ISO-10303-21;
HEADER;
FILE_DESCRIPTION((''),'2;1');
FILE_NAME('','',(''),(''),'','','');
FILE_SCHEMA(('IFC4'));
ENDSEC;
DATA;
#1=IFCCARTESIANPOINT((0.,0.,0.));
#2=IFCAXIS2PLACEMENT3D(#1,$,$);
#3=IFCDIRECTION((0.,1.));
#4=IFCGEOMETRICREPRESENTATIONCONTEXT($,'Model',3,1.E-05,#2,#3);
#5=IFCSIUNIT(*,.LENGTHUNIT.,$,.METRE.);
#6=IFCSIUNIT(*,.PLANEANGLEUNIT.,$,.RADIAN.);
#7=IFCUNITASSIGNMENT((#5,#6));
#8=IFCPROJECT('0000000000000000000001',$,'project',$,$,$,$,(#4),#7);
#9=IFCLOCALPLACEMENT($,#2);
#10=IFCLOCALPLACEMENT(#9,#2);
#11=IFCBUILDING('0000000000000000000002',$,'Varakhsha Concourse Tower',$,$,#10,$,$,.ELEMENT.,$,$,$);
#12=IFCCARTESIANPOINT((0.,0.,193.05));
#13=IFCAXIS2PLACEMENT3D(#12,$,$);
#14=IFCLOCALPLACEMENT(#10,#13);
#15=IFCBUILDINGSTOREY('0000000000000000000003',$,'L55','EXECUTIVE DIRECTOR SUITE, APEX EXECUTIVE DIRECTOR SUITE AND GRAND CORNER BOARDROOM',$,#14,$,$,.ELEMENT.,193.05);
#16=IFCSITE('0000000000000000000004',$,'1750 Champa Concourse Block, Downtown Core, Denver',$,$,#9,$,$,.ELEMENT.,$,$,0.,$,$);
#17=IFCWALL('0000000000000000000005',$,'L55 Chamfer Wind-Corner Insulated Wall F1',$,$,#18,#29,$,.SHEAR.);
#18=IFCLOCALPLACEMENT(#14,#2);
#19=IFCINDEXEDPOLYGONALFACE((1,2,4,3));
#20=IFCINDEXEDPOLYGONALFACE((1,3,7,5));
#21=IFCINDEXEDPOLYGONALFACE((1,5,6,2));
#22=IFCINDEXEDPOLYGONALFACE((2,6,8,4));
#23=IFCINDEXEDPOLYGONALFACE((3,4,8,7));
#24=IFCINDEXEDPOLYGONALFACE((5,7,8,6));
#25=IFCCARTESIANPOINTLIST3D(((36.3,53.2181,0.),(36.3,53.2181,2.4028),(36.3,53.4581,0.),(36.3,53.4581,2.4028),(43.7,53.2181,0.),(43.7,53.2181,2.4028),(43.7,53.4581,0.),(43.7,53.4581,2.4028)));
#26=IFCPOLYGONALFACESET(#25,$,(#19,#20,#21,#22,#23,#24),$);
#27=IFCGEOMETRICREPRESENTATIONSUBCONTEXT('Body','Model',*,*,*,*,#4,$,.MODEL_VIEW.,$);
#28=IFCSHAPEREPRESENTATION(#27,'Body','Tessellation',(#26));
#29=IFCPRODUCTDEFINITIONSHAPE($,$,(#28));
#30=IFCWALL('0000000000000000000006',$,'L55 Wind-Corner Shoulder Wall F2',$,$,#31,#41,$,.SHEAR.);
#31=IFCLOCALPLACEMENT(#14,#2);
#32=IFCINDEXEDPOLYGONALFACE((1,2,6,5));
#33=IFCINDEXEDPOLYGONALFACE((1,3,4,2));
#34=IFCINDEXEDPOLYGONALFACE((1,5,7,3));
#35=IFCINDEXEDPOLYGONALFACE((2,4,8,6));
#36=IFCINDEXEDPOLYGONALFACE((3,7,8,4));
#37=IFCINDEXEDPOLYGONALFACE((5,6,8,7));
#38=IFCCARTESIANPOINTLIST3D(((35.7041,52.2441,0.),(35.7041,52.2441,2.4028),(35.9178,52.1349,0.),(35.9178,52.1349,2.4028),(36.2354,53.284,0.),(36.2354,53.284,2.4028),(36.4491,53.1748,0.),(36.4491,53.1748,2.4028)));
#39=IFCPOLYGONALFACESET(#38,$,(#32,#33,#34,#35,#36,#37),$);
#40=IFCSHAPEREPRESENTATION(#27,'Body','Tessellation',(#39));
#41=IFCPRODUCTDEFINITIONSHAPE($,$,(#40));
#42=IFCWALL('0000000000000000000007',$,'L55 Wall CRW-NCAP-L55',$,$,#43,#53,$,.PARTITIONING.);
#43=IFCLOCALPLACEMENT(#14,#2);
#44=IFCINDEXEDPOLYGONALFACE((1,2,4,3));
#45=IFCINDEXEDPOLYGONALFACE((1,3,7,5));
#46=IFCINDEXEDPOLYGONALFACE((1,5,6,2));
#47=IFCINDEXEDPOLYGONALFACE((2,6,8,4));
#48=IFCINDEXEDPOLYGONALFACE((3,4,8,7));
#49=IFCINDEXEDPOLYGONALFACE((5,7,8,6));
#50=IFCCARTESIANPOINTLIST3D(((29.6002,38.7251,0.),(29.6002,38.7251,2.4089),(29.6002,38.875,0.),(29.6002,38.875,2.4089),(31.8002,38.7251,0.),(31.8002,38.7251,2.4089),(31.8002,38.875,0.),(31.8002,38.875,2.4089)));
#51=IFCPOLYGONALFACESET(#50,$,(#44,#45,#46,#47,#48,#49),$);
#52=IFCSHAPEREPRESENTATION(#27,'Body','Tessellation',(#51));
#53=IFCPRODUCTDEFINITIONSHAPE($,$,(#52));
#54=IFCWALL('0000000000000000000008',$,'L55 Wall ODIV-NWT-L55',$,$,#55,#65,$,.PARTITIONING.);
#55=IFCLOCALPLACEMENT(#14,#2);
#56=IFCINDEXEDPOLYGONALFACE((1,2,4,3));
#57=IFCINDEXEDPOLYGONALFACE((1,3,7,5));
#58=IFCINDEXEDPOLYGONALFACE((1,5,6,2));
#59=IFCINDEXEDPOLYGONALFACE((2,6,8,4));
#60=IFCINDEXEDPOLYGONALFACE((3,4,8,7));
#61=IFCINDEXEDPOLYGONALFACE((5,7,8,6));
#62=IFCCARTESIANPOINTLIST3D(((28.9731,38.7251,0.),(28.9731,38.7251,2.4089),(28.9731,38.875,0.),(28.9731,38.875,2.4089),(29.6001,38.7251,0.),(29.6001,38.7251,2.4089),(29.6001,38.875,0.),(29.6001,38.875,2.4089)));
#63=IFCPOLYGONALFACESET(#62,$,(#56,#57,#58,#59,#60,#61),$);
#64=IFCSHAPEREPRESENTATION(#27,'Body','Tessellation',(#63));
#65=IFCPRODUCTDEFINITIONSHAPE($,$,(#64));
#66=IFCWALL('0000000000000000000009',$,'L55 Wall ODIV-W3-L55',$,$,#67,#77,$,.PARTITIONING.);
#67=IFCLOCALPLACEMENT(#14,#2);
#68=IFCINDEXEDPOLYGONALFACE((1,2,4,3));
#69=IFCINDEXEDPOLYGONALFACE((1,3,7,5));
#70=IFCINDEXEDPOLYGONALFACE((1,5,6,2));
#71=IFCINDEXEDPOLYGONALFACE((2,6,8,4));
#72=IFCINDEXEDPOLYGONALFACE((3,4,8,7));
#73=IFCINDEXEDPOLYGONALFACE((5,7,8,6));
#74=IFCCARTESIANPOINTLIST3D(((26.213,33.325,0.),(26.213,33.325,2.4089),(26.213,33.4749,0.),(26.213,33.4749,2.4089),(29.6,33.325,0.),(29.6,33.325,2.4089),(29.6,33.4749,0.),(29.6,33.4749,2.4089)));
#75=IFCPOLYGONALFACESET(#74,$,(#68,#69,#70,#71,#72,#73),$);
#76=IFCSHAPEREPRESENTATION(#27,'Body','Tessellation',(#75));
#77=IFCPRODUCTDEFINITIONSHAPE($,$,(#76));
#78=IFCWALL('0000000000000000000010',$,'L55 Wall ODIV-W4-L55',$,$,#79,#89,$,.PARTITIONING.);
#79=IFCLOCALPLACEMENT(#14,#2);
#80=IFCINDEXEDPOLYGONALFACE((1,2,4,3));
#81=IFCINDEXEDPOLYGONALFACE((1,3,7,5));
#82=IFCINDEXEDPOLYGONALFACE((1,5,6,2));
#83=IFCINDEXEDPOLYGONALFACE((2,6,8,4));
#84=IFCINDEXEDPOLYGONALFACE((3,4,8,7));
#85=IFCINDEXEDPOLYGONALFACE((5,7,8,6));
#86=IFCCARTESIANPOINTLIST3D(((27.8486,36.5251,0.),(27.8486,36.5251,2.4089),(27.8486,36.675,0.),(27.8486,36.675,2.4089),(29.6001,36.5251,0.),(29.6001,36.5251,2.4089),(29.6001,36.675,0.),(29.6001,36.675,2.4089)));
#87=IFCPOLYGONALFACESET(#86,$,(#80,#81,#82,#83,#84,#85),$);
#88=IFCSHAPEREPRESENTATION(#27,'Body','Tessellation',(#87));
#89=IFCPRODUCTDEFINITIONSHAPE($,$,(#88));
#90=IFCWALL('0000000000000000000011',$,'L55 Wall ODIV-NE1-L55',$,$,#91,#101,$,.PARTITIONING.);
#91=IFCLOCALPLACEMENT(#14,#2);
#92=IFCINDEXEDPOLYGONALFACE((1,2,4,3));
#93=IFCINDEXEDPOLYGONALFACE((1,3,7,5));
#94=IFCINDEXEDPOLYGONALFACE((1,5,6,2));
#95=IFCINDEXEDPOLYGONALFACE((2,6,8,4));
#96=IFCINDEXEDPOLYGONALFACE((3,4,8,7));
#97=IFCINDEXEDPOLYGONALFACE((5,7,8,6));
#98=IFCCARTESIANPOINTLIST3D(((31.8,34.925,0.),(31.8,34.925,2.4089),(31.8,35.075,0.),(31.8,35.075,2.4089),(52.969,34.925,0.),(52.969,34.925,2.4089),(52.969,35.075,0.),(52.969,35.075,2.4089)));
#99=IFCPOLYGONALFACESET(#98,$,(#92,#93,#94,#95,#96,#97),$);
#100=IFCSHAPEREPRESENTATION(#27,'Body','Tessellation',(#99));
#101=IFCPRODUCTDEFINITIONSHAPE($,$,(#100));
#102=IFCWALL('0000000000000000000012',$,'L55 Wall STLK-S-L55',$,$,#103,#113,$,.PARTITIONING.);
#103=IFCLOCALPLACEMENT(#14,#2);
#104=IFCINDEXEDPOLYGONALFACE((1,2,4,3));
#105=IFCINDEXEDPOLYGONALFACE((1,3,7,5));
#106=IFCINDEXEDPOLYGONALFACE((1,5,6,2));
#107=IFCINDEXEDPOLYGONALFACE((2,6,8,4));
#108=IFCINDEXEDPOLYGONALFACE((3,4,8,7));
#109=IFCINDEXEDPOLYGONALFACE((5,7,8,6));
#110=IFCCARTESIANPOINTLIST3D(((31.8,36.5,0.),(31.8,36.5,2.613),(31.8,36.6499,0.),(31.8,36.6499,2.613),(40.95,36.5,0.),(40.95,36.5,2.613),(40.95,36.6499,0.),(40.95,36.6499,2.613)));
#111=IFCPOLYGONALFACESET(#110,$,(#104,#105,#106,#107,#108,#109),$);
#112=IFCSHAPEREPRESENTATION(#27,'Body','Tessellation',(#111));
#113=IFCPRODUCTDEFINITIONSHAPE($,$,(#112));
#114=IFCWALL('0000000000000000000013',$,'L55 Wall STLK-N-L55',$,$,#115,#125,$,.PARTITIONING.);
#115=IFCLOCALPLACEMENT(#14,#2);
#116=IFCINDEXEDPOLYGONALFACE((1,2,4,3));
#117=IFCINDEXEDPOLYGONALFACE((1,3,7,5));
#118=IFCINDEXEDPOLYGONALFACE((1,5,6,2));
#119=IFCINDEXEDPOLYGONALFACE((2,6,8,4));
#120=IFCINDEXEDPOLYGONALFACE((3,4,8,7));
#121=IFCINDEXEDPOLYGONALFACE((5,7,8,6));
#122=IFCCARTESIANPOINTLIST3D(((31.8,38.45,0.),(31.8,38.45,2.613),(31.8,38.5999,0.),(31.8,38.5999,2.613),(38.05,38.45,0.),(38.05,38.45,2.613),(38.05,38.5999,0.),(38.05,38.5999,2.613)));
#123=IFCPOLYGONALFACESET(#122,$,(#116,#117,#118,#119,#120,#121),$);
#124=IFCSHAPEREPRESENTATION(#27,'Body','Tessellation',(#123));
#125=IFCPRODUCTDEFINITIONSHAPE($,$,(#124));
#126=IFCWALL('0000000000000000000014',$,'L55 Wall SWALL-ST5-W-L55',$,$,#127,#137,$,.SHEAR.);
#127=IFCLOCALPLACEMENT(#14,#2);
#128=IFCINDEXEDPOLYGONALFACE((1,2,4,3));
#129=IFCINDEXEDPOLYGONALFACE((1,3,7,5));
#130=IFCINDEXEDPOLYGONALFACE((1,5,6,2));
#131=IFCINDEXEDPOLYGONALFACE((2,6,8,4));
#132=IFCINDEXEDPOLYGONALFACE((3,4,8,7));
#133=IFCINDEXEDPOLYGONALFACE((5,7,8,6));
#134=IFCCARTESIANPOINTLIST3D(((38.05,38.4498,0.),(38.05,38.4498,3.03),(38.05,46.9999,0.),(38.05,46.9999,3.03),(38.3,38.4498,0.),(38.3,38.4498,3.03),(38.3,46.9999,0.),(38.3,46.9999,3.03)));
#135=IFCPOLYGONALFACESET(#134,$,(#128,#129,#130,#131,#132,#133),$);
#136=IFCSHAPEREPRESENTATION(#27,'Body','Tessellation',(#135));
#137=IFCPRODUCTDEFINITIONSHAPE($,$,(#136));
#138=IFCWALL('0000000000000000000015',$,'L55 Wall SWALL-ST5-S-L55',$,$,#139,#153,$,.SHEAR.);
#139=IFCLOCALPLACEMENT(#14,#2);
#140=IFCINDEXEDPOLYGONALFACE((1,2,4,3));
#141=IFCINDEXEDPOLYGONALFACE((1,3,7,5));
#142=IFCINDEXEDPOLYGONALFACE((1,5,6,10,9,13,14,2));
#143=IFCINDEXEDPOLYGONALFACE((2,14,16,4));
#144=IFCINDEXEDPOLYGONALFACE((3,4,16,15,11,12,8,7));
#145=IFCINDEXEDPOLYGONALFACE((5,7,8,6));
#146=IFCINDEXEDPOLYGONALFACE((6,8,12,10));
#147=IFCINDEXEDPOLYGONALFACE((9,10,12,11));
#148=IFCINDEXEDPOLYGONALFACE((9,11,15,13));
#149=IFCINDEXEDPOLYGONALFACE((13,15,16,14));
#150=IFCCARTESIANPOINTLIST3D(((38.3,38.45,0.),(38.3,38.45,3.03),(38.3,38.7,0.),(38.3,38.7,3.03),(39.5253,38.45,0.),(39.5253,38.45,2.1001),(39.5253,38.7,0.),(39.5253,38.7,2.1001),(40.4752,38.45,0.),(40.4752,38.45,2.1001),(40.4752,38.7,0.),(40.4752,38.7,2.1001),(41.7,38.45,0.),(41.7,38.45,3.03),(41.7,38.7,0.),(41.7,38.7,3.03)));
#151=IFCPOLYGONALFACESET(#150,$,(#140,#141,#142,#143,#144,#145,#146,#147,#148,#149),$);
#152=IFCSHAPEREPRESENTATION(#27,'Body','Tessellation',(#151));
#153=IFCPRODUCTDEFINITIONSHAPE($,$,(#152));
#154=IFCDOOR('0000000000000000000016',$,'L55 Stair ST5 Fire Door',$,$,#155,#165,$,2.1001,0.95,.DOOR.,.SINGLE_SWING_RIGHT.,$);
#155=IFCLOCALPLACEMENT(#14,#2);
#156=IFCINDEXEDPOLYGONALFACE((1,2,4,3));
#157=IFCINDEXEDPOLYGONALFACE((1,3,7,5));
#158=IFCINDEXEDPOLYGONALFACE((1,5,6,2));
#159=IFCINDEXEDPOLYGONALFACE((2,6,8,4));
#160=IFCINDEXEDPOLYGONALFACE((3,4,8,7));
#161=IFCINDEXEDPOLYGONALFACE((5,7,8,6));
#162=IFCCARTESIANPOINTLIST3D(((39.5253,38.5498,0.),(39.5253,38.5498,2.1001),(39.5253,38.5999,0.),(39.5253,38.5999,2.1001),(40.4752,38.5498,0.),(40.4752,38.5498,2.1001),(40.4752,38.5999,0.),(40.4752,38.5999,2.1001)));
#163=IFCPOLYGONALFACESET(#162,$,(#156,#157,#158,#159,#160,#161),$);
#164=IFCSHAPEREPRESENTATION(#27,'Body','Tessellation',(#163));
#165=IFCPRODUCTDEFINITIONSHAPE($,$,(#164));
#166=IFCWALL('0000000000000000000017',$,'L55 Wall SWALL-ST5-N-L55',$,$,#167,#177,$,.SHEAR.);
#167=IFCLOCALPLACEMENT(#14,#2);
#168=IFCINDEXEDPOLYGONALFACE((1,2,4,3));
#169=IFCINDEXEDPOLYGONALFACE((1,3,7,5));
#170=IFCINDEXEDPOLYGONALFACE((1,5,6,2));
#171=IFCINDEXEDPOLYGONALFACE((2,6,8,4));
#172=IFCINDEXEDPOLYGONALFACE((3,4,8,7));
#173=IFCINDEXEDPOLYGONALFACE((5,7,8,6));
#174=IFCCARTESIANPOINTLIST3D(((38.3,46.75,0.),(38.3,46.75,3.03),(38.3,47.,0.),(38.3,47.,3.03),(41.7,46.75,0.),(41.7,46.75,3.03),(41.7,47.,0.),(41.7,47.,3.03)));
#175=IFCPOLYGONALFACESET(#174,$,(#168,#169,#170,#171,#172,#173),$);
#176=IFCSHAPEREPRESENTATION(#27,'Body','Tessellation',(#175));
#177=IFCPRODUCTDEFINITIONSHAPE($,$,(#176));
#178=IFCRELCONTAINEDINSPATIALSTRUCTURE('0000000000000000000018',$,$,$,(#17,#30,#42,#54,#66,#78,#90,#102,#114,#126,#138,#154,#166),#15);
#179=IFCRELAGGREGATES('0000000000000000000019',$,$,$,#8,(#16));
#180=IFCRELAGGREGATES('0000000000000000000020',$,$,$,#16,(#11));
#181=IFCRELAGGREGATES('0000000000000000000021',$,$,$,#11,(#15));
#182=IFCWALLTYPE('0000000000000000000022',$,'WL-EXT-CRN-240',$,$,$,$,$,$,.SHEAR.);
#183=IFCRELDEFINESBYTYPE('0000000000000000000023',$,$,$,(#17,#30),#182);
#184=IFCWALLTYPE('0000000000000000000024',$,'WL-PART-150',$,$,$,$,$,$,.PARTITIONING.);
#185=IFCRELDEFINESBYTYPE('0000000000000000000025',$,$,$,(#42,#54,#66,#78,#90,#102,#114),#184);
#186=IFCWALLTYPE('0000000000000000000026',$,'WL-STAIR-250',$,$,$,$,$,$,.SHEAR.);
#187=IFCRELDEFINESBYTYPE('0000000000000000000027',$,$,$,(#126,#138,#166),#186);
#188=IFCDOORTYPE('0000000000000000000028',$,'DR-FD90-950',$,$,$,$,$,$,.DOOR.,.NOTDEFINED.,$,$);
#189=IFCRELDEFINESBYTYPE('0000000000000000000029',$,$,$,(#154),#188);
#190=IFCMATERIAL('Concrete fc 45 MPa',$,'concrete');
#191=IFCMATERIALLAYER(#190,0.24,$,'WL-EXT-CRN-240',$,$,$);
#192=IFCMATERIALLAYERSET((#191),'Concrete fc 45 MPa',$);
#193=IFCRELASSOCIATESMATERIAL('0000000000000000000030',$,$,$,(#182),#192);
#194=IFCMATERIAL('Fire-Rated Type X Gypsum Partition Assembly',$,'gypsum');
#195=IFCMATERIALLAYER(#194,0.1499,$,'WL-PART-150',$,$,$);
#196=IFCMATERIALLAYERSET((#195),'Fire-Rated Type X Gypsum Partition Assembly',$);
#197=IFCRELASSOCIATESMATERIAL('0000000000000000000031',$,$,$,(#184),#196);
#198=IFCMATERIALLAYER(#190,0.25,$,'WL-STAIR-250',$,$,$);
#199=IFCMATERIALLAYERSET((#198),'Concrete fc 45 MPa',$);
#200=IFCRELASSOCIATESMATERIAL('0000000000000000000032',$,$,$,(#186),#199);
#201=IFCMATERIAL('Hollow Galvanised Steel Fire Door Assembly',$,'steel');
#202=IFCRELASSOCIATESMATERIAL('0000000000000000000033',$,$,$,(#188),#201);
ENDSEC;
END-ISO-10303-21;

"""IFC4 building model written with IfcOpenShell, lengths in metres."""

from ifc_helpers import new_model, si_unit, direction, frame, frame_2d, origin, place, context, subcontext, project, spatial, rectangle, extrude, material, layer, layer_set, type_object, element, fill, save


model = new_model("IFC4")

# Units and contexts
model_context = context("Model", 3, precision=1e-05, world=origin(), true_north=direction((0.0, 1.0)))
body_context = subcontext(model_context, "Body", "Model", "MODEL_VIEW")
ifc_project = project(units=[si_unit("LENGTHUNIT", "METRE"), si_unit("PLANEANGLEUNIT", "RADIAN")], contexts=[model_context])

# Site, building, storey
site_placement = place(None, origin())
site = spatial("IfcSite", under=ifc_project, at=site_placement, Name="1750 Champa Concourse Block, Downtown Core, Denver", CompositionType="ELEMENT", RefElevation=0.0)
building_placement = place(site_placement, origin())
building = spatial("IfcBuilding", under=site, at=building_placement, Name="Varakhsha Concourse Tower", CompositionType="ELEMENT")
storey_placement = place(building_placement, frame((0.0, 0.0, 193.05)))
storey = spatial("IfcBuildingStorey", under=building, at=storey_placement, Name="L55", Description="EXECUTIVE DIRECTOR SUITE, APEX EXECUTIVE DIRECTOR SUITE AND GRAND CORNER BOARDROOM", CompositionType="ELEMENT", Elevation=193.05)

# Walls
ifc_material_1 = material(Name="Concrete fc 45 MPa", Category="concrete")
ifc_layer_1 = layer(ifc_material_1, 0.24, Name="WL-EXT-CRN-240")
ifc_layer_set_1 = layer_set([ifc_layer_1], Name="Concrete fc 45 MPa")
wall_type_1 = type_object("IfcWallType", Name="WL-EXT-CRN-240", PredefinedType="SHEAR", material=ifc_layer_set_1)
wall_1_placement = place(storey_placement, frame((36.3, 53.3381, 0.0), z_axis=(0.0, 0.0, 1.0), x_axis=(1.0, 0.0, 0.0)))
element("IfcWall", 1, at=wall_1_placement, inside=storey, type_object=wall_type_1, Name="L55 Chamfer Wind-Corner Insulated Wall F1", PredefinedType="SHEAR", context=body_context, shape_type="SweptSolid", body=[
    extrude(rectangle(XDim=7.3999, YDim=0.24, at=frame_2d((3.7, 0.0))), origin(), (0.0, 0.0, 1.0), 2.4028),
])
wall_2_placement = place(storey_placement, frame((36.3423, 53.2295, 0.0), z_axis=(0.0, 0.0, 1.0), x_axis=(-0.454975, -0.890504, 0.0)))
element("IfcWall", 2, at=wall_2_placement, inside=storey, type_object=wall_type_1, Name="L55 Wind-Corner Shoulder Wall F2", PredefinedType="SHEAR", context=body_context, shape_type="SweptSolid", body=[
    extrude(rectangle(XDim=1.1677, YDim=0.24, at=frame_2d((0.584, 0.0))), origin(), (0.0, 0.0, 1.0), 2.4028),
])
ifc_material_2 = material(Name="Fire-Rated Type X Gypsum Partition Assembly", Category="gypsum")
ifc_layer_2 = layer(ifc_material_2, 0.1499, Name="WL-PART-150")
ifc_layer_set_2 = layer_set([ifc_layer_2], Name="Fire-Rated Type X Gypsum Partition Assembly")
wall_type_2 = type_object("IfcWallType", Name="WL-PART-150", PredefinedType="PARTITIONING", material=ifc_layer_set_2)
wall_3_placement = place(storey_placement, frame((29.6001, 38.8, 0.0), z_axis=(0.0, 0.0, 1.0), x_axis=(1.0, 0.0, 0.0)))
element("IfcWall", 3, at=wall_3_placement, inside=storey, type_object=wall_type_2, Name="L55 Wall CRW-NCAP-L55", PredefinedType="PARTITIONING", context=body_context, shape_type="SweptSolid", body=[
    extrude(rectangle(XDim=2.2, YDim=0.1499, at=frame_2d((1.1001, 0.0))), origin(), (0.0, 0.0, 1.0), 2.4089),
])
wall_4_placement = place(storey_placement, frame((28.9731, 38.8, 0.0), z_axis=(0.0, 0.0, 1.0), x_axis=(1.0, 0.0, 0.0)))
element("IfcWall", 4, at=wall_4_placement, inside=storey, type_object=wall_type_2, Name="L55 Wall ODIV-NWT-L55", PredefinedType="PARTITIONING", context=body_context, shape_type="SweptSolid", body=[
    extrude(rectangle(XDim=0.627, YDim=0.1499, at=frame_2d((0.3135, 0.0))), origin(), (0.0, 0.0, 1.0), 2.4089),
])
wall_5_placement = place(storey_placement, frame((26.2131, 33.3999, 0.0), z_axis=(0.0, 0.0, 1.0), x_axis=(1.0, 0.0, 0.0)))
element("IfcWall", 5, at=wall_5_placement, inside=storey, type_object=wall_type_2, Name="L55 Wall ODIV-W3-L55", PredefinedType="PARTITIONING", context=body_context, shape_type="SweptSolid", body=[
    extrude(rectangle(XDim=3.387, YDim=0.1499, at=frame_2d((1.6934, 0.0))), origin(), (0.0, 0.0, 1.0), 2.4089),
])
wall_6_placement = place(storey_placement, frame((27.8486, 36.6001, 0.0), z_axis=(0.0, 0.0, 1.0), x_axis=(1.0, 0.0, 0.0)))
element("IfcWall", 6, at=wall_6_placement, inside=storey, type_object=wall_type_2, Name="L55 Wall ODIV-W4-L55", PredefinedType="PARTITIONING", context=body_context, shape_type="SweptSolid", body=[
    extrude(rectangle(XDim=1.7515, YDim=0.1499, at=frame_2d((0.8757, 0.0))), origin(), (0.0, 0.0, 1.0), 2.4089),
])
wall_7_placement = place(storey_placement, frame((31.8, 35.0, 0.0), z_axis=(0.0, 0.0, 1.0), x_axis=(1.0, 0.0, 0.0)))
element("IfcWall", 7, at=wall_7_placement, inside=storey, type_object=wall_type_2, Name="L55 Wall ODIV-NE1-L55", PredefinedType="PARTITIONING", context=body_context, shape_type="SweptSolid", body=[
    extrude(rectangle(XDim=21.1689, YDim=0.1499, at=frame_2d((10.5845, 0.0))), origin(), (0.0, 0.0, 1.0), 2.4089),
])
wall_8_placement = place(storey_placement, frame((31.8, 36.575, 0.0), z_axis=(0.0, 0.0, 1.0), x_axis=(1.0, 0.0, 0.0)))
element("IfcWall", 8, at=wall_8_placement, inside=storey, type_object=wall_type_2, Name="L55 Wall STLK-S-L55", PredefinedType="PARTITIONING", context=body_context, shape_type="SweptSolid", body=[
    extrude(rectangle(XDim=9.1499, YDim=0.1499, at=frame_2d((4.575, 0.0))), origin(), (0.0, 0.0, 1.0), 2.613),
])
wall_9_placement = place(storey_placement, frame((31.8, 38.5249, 0.0), z_axis=(0.0, 0.0, 1.0), x_axis=(1.0, 0.0, 0.0)))
element("IfcWall", 9, at=wall_9_placement, inside=storey, type_object=wall_type_2, Name="L55 Wall STLK-N-L55", PredefinedType="PARTITIONING", context=body_context, shape_type="SweptSolid", body=[
    extrude(rectangle(XDim=6.25, YDim=0.1499, at=frame_2d((3.125, 0.0))), origin(), (0.0, 0.0, 1.0), 2.613),
])
ifc_layer_3 = layer(ifc_material_1, 0.25, Name="WL-STAIR-250")
ifc_layer_set_3 = layer_set([ifc_layer_3], Name="Concrete fc 45 MPa")
wall_type_3 = type_object("IfcWallType", Name="WL-STAIR-250", PredefinedType="SHEAR", material=ifc_layer_set_3)
wall_10_placement = place(storey_placement, frame((38.175, 38.45, 0.0), z_axis=(0.0, 0.0, 1.0), x_axis=(0.0, 1.0, 0.0)))
element("IfcWall", 10, at=wall_10_placement, inside=storey, type_object=wall_type_3, Name="L55 Wall SWALL-ST5-W-L55", PredefinedType="SHEAR", context=body_context, shape_type="SweptSolid", body=[
    extrude(rectangle(XDim=8.55, YDim=0.25, at=frame_2d((4.2749, 0.0))), origin(), (0.0, 0.0, 1.0), 3.03),
])

# Wall, opening, door
wall_11_placement = place(storey_placement, frame((38.3, 38.575, 0.0), z_axis=(0.0, 0.0, 1.0), x_axis=(1.0, 0.0, 0.0)))
wall_11 = element("IfcWall", 11, at=wall_11_placement, inside=storey, type_object=wall_type_3, Name="L55 Wall SWALL-ST5-S-L55", PredefinedType="SHEAR", context=body_context, shape_type="SweptSolid", body=[
    extrude(rectangle(XDim=3.3999, YDim=0.25, at=frame_2d((1.7, 0.0))), origin(), (0.0, 0.0, 1.0), 3.03),
])
opening_placement = place(wall_11_placement, frame((1.2251, 0.0, 0.0)))
opening = element("IfcOpeningElement", 12, at=opening_placement, cuts=wall_11, PredefinedType="OPENING", context=body_context, shape_type="SweptSolid", body=[
    extrude(rectangle(XDim=0.95, YDim=2.1001, at=frame_2d((0.4751, 1.05))), frame((0.0, 0.135, 0.0), z_axis=(0.0, -1.0, 0.0), x_axis=(1.0, 0.0, 0.0)), (0.0, 0.0, 1.0), 0.27),
])
ifc_material_3 = material(Name="Hollow Galvanised Steel Fire Door Assembly", Category="steel")
door_type = type_object("IfcDoorType", Name="DR-FD90-950", OperationType="NOTDEFINED", PredefinedType="DOOR", material=ifc_material_3)
door_placement = place(opening_placement, origin())
door = element("IfcDoor", 13, at=door_placement, inside=storey, type_object=door_type, Name="L55 Stair ST5 Fire Door", OperationType="SINGLE_SWING_RIGHT", OverallHeight=2.1001, OverallWidth=0.95, PredefinedType="DOOR", context=body_context, shape_type="SweptSolid", body=[
    extrude(rectangle(XDim=0.95, YDim=2.1001, at=frame_2d((0.4751, 1.05))), frame((0.0, 0.0249, 0.0), z_axis=(0.0, -1.0, 0.0), x_axis=(1.0, 0.0, 0.0)), (0.0, 0.0, 1.0), 0.05),
])
fill(opening, door)

# Wall
wall_12_placement = place(storey_placement, frame((38.3, 46.875, 0.0), z_axis=(0.0, 0.0, 1.0), x_axis=(1.0, 0.0, 0.0)))
element("IfcWall", 14, at=wall_12_placement, inside=storey, type_object=wall_type_3, Name="L55 Wall SWALL-ST5-N-L55", PredefinedType="SHEAR", context=body_context, shape_type="SweptSolid", body=[
    extrude(rectangle(XDim=3.3999, YDim=0.25, at=frame_2d((1.7, 0.0))), origin(), (0.0, 0.0, 1.0), 3.03),
])

save(model, "model.ifc")
